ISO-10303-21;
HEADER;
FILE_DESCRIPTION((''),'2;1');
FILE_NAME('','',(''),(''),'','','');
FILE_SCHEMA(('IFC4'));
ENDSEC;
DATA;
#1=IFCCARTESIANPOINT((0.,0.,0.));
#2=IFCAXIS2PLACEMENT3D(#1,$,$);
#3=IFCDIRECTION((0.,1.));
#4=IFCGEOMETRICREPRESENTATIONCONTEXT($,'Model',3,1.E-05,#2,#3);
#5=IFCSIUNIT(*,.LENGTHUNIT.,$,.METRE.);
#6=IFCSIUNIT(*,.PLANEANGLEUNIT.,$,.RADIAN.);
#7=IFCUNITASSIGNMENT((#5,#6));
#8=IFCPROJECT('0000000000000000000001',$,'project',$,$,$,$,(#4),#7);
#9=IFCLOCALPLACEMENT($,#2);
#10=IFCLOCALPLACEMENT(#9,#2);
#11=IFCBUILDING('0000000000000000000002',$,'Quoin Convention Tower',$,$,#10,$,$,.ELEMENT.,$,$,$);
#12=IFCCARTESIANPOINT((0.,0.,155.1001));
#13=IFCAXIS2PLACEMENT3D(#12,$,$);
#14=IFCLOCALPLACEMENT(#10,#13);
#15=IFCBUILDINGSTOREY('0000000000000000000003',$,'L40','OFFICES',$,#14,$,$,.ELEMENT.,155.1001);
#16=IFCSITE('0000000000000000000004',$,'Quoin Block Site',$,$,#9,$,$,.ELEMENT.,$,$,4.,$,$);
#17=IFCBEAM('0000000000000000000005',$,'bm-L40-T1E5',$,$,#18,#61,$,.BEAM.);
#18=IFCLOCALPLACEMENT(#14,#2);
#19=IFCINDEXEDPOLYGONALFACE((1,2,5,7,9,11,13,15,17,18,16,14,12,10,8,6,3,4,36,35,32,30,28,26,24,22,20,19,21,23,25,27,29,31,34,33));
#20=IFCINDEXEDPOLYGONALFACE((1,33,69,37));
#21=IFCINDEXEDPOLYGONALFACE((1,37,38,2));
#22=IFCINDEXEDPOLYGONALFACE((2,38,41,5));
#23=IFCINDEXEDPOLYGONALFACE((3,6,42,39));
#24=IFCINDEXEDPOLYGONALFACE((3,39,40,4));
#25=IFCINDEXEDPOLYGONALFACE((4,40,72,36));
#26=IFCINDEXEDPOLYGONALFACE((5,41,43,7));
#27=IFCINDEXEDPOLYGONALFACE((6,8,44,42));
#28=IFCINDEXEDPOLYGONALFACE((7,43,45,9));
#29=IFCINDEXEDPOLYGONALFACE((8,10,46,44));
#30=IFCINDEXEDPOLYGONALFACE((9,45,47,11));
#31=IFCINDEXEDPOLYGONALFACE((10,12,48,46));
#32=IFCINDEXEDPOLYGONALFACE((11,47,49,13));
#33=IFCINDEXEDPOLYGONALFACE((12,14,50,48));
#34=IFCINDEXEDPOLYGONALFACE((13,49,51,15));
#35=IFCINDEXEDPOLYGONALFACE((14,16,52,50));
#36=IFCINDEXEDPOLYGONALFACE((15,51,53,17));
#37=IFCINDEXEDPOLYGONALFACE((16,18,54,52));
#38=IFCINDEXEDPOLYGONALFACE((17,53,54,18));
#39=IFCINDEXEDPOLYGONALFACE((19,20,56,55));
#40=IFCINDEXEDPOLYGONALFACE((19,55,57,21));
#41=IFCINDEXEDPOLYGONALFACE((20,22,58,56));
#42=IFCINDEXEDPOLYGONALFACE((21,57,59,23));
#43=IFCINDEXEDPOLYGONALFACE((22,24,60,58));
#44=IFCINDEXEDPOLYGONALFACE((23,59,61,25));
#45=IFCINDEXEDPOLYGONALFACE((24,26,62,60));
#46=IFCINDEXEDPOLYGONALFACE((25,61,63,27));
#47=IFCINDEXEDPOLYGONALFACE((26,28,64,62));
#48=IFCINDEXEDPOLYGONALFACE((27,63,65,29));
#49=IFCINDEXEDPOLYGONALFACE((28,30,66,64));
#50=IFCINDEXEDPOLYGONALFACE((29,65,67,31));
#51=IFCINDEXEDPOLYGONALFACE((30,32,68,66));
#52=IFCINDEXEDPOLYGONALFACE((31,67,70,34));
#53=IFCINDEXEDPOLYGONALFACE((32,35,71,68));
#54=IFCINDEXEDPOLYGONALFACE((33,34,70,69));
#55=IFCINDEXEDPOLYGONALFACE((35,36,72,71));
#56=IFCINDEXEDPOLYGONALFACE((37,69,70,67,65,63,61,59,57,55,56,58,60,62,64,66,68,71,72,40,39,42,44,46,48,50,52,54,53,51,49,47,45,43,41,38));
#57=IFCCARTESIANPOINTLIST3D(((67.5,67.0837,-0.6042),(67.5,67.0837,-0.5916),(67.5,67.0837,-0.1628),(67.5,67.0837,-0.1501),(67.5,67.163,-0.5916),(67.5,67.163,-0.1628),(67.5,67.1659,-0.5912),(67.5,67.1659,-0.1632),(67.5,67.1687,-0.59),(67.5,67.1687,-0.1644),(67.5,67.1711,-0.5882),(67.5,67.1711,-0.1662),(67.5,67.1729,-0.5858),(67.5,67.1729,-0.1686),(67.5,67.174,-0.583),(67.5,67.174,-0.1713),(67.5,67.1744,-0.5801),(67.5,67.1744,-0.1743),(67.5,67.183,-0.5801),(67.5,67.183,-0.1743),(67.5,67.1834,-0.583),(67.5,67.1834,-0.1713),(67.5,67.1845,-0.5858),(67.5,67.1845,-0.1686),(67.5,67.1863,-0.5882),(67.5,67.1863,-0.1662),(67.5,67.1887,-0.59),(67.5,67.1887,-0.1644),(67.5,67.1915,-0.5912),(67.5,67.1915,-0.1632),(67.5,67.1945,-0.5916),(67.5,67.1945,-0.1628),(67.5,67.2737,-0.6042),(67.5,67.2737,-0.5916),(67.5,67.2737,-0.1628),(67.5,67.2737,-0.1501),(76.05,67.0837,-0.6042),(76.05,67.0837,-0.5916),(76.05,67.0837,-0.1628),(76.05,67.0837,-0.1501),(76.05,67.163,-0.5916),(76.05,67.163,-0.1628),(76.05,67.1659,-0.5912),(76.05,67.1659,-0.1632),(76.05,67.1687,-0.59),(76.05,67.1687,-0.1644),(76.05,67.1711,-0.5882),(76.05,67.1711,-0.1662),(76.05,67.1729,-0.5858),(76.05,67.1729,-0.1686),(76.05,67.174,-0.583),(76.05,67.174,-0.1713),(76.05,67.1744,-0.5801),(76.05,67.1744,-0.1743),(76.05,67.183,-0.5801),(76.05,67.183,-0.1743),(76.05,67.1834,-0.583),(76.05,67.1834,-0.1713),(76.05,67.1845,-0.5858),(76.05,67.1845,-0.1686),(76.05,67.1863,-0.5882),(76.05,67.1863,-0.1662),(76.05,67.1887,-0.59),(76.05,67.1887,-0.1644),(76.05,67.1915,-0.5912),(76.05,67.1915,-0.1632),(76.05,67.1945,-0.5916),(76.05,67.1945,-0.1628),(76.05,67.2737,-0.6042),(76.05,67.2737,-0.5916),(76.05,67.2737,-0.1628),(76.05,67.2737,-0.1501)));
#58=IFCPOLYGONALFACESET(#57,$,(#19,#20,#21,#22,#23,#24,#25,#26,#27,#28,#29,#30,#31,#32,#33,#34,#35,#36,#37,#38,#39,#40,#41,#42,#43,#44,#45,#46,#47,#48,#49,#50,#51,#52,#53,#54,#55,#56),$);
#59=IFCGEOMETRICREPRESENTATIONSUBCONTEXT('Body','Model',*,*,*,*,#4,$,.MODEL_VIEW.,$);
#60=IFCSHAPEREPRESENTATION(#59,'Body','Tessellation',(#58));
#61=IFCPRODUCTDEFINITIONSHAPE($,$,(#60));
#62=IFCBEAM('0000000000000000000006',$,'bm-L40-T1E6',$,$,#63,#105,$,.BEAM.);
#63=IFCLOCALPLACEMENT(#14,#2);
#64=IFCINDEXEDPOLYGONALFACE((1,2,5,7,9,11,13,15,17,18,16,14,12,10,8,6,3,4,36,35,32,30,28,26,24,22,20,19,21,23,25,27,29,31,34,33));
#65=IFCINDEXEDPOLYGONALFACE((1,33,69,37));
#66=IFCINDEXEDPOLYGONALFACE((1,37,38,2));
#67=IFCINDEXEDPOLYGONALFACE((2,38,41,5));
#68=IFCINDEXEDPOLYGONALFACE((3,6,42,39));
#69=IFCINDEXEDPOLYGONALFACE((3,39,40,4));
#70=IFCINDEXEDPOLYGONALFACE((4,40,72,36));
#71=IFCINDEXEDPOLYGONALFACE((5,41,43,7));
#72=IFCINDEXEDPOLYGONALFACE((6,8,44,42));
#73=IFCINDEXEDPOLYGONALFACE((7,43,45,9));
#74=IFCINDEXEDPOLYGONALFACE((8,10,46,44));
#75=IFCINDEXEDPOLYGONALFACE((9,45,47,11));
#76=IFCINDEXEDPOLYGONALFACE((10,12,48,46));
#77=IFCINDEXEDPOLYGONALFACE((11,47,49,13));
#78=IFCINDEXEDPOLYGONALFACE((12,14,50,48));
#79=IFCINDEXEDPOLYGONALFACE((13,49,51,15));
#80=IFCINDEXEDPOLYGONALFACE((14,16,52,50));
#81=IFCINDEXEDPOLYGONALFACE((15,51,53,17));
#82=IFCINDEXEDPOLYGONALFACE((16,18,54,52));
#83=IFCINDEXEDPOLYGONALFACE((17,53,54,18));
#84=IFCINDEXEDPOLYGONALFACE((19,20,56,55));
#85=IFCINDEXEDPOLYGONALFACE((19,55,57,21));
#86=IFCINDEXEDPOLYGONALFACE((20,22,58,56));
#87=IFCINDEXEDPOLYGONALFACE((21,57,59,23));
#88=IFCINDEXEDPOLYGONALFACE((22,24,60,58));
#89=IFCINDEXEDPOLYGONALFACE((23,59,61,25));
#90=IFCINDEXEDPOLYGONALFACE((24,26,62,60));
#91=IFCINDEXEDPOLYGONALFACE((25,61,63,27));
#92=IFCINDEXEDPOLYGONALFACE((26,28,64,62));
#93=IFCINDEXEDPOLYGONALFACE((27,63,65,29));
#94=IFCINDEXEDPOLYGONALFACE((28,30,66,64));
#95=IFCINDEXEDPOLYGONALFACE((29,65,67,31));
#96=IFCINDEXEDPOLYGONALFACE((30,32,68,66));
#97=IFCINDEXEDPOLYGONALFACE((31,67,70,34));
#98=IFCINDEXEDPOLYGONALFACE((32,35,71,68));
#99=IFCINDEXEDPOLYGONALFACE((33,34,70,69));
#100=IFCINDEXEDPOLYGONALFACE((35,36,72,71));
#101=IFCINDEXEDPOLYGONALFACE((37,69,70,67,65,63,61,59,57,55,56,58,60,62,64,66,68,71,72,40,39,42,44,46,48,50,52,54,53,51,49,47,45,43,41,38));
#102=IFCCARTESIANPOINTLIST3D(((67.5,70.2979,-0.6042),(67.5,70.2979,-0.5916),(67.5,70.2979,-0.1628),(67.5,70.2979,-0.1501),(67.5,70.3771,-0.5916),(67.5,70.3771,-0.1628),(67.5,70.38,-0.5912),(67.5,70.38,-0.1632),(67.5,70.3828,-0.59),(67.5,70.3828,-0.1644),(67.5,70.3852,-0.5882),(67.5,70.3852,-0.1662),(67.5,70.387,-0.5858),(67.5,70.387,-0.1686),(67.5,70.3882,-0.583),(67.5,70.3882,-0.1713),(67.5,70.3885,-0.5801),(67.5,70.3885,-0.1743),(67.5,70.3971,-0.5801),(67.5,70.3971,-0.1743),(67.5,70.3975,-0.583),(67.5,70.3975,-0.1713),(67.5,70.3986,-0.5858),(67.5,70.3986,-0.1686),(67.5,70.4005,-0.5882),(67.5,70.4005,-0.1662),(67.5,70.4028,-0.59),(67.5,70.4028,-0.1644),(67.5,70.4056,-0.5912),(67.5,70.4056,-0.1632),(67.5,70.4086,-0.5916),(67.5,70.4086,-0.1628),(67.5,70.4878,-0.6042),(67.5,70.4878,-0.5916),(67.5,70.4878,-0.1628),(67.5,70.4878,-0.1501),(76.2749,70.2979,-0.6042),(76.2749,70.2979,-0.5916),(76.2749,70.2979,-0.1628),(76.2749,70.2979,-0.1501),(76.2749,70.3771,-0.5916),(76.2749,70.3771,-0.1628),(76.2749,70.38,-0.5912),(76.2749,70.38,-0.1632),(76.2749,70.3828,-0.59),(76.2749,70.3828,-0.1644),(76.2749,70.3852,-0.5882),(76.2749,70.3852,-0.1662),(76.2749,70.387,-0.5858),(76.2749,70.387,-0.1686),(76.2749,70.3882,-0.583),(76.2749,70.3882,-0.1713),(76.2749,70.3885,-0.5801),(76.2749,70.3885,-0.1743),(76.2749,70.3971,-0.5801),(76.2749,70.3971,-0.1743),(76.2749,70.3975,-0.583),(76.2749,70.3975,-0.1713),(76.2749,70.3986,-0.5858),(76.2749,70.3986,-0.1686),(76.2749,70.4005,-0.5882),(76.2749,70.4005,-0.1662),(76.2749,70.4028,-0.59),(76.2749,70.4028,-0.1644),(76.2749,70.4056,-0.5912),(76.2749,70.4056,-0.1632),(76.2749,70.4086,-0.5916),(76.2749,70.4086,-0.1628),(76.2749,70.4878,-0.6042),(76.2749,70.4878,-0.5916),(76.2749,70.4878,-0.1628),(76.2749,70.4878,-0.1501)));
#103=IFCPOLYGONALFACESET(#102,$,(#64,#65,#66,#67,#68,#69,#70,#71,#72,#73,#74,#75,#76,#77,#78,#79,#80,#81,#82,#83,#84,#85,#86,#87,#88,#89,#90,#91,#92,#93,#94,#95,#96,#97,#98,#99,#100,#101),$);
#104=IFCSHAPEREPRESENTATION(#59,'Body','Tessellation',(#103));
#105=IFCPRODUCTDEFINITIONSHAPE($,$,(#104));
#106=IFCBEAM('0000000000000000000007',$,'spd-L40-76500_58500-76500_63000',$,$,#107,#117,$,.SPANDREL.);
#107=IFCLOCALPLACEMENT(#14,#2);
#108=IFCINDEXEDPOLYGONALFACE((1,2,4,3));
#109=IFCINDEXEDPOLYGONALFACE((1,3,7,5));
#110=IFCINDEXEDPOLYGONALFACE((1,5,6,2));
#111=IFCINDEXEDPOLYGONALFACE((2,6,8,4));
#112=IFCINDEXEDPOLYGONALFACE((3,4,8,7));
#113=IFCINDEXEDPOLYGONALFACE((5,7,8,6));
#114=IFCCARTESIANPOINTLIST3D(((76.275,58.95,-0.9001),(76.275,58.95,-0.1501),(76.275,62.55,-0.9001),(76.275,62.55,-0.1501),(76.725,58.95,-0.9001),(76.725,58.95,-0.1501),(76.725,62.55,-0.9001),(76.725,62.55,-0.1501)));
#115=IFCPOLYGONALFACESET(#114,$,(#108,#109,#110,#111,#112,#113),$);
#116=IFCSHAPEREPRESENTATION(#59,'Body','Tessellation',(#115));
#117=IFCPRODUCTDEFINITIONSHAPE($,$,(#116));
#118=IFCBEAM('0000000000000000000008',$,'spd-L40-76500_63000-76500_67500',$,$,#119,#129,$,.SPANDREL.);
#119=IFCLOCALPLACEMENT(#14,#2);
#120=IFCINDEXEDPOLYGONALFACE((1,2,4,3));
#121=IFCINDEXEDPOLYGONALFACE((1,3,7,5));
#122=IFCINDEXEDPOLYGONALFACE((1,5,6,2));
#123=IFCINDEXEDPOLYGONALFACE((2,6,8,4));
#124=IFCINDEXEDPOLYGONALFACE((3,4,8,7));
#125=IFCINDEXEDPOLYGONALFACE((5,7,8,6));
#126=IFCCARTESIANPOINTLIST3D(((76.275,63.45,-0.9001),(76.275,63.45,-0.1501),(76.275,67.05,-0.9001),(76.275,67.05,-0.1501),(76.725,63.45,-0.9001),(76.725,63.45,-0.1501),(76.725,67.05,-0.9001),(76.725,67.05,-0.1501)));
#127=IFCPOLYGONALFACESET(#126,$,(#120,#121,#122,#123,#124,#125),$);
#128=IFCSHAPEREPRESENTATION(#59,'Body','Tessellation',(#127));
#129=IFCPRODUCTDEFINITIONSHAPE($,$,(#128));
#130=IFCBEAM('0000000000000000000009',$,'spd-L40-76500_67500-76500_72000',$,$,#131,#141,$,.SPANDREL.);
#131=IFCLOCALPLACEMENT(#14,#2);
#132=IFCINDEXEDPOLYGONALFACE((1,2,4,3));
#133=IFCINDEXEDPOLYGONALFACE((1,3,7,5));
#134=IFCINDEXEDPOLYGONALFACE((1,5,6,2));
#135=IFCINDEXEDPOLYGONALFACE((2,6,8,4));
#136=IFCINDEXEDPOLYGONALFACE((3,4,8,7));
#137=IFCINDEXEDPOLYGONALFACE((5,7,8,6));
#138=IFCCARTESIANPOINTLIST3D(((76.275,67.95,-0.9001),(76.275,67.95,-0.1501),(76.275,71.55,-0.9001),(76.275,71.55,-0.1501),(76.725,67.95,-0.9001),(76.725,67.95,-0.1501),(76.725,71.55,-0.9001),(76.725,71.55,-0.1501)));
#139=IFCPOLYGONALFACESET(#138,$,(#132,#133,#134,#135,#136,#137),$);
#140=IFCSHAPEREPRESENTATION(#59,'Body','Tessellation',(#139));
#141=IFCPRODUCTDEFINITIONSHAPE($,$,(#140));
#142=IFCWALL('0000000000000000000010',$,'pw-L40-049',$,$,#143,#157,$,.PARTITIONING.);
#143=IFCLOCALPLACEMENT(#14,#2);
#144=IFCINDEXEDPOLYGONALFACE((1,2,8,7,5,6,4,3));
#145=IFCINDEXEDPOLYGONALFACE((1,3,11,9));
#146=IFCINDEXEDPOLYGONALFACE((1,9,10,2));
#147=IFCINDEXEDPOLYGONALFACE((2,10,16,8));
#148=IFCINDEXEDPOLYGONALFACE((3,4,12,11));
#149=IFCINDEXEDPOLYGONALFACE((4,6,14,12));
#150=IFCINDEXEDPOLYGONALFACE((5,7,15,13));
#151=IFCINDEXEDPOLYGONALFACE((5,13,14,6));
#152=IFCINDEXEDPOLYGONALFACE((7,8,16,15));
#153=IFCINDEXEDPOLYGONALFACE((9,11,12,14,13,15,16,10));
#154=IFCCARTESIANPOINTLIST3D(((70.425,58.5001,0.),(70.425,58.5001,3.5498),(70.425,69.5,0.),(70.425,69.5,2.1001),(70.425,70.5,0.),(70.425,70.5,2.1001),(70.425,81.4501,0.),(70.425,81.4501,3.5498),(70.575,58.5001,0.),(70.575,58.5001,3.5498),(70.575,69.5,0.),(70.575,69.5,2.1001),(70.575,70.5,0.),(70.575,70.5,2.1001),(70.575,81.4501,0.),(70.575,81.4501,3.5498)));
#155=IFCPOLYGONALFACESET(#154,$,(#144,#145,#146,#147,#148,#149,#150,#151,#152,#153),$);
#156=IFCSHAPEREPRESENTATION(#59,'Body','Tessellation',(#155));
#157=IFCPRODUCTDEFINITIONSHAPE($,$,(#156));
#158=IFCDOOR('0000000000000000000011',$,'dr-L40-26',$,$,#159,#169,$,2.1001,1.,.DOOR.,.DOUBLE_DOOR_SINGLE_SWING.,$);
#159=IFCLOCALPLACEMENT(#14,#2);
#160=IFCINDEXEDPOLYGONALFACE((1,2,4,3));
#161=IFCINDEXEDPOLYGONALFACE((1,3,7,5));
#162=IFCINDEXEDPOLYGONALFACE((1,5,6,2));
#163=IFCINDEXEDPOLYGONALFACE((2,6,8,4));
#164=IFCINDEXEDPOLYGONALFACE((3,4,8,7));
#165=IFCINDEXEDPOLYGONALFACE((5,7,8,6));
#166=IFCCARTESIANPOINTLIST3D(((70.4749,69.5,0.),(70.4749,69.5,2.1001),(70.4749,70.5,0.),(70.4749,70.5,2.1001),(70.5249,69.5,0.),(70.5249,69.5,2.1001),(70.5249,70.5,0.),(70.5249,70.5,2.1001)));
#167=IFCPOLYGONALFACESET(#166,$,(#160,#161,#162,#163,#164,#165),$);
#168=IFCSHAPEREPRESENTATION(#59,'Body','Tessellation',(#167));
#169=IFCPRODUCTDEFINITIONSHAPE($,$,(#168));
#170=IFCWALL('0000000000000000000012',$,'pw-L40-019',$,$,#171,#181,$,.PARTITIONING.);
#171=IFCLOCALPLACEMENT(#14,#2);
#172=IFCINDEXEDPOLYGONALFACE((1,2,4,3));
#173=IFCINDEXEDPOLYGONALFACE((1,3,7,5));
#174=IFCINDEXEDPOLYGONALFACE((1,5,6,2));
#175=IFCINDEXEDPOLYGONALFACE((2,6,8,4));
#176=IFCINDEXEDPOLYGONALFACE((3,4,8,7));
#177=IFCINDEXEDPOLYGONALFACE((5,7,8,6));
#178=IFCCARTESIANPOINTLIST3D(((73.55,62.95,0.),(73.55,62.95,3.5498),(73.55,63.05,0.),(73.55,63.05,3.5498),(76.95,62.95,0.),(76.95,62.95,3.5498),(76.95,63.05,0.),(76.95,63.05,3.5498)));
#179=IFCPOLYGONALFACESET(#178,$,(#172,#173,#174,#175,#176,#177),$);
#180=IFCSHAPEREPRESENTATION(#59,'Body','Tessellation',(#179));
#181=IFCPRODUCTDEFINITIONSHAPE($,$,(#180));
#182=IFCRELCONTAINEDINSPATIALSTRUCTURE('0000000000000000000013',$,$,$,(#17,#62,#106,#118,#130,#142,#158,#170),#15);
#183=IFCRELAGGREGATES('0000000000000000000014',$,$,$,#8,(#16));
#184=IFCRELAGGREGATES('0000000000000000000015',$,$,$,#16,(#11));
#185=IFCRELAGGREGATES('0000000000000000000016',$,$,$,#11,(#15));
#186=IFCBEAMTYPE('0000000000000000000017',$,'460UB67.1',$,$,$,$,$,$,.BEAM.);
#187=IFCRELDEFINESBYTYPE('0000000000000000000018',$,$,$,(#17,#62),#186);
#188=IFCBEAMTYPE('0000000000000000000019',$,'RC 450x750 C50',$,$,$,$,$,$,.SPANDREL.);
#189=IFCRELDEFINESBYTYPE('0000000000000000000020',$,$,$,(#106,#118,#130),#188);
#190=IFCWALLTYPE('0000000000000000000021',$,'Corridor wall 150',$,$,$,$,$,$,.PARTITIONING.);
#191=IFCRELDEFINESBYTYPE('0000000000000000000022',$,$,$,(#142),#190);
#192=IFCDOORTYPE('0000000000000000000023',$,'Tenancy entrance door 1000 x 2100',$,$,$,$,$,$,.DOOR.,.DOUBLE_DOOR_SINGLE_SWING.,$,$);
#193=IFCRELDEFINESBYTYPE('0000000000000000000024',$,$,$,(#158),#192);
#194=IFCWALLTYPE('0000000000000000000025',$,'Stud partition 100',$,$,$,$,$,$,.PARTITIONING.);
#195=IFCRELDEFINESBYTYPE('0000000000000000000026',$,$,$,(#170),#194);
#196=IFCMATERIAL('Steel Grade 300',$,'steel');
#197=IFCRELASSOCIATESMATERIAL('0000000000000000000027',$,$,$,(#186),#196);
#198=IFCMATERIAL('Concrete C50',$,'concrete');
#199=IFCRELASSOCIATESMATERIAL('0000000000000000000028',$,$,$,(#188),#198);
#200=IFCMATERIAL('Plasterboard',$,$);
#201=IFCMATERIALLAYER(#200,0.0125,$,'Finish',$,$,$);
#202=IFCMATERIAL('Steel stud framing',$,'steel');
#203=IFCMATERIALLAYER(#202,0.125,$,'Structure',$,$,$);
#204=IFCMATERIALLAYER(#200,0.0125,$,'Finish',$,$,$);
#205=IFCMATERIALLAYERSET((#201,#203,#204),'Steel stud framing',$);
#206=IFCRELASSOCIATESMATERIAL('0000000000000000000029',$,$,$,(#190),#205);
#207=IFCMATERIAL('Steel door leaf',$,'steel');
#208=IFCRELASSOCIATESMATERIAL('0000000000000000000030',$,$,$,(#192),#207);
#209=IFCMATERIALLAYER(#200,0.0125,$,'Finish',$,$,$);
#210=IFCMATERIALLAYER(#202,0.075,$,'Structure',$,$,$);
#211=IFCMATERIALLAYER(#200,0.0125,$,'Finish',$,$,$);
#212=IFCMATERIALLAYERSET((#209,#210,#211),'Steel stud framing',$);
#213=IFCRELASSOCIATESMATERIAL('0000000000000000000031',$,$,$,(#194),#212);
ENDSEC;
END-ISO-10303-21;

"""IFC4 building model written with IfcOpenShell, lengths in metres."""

from ifc_helpers import new_model, si_unit, direction, frame, frame_2d, origin, origin_2d, place, context, subcontext, project, spatial, rectangle, i_section, extrude, material, layer, layer_set, material_profile, profile_set, type_object, element, fill, save


model = new_model("IFC4")

# Units and contexts
model_context = context("Model", 3, precision=1e-05, world=origin(), true_north=direction((0.0, 1.0)))
body_context = subcontext(model_context, "Body", "Model", "MODEL_VIEW")
ifc_project = project(units=[si_unit("LENGTHUNIT", "METRE"), si_unit("PLANEANGLEUNIT", "RADIAN")], contexts=[model_context])

# Site, building, storey
site_placement = place(None, origin())
site = spatial("IfcSite", under=ifc_project, at=site_placement, Name="Quoin Block Site", CompositionType="ELEMENT", RefElevation=4.0)
building_placement = place(site_placement, origin())
building = spatial("IfcBuilding", under=site, at=building_placement, Name="Quoin Convention Tower", CompositionType="ELEMENT")
storey_placement = place(building_placement, frame((0.0, 0.0, 155.1001)))
storey = spatial("IfcBuildingStorey", under=building, at=storey_placement, Name="L40", Description="OFFICES", CompositionType="ELEMENT", Elevation=155.1001)

# Shared definitions
ifc_material_1 = material(Name="Concrete C50", Category="concrete")

# Beams
ifc_material_2 = material(Name="Steel Grade 300", Category="steel")
ifc_material_profile_1 = material_profile(ifc_material_2, i_section(OverallWidth=0.1899, OverallDepth=0.4541, WebThickness=0.0085, FlangeThickness=0.0127, FilletRadius=0.0115, at=origin_2d()), Name="460UB67.1")
ifc_profile_set_1 = profile_set([ifc_material_profile_1], Name="Steel Grade 300")
beam_type_1 = type_object("IfcBeamType", Name="460UB67.1", PredefinedType="BEAM", material=ifc_profile_set_1)
beam_1_placement = place(storey_placement, frame((67.5, 67.1787, -0.3772), z_axis=(1.0, 0.0, 0.0), x_axis=(0.0, 1.0, 0.0)))
element("IfcBeam", 1, at=beam_1_placement, inside=storey, type_object=beam_type_1, Name="bm-L40-T1E5", PredefinedType="BEAM", context=body_context, shape_type="SweptSolid", body=[
    extrude(i_section(OverallWidth=0.1899, OverallDepth=0.4541, WebThickness=0.0085, FlangeThickness=0.0127, FilletRadius=0.0115, at=origin_2d()), origin(), (0.0, 0.0, 1.0), 8.55),
])
beam_2_placement = place(storey_placement, frame((67.5, 70.3928, -0.3772), z_axis=(1.0, 0.0, 0.0), x_axis=(0.0, 1.0, 0.0)))
element("IfcBeam", 2, at=beam_2_placement, inside=storey, type_object=beam_type_1, Name="bm-L40-T1E6", PredefinedType="BEAM", context=body_context, shape_type="SweptSolid", body=[
    extrude(i_section(OverallWidth=0.1899, OverallDepth=0.4541, WebThickness=0.0085, FlangeThickness=0.0127, FilletRadius=0.0115, at=origin_2d()), origin(), (0.0, 0.0, 1.0), 8.7749),
])
ifc_material_profile_2 = material_profile(ifc_material_1, rectangle(XDim=0.45, YDim=0.75, at=origin_2d()), Name="RC 450x750")
ifc_profile_set_2 = profile_set([ifc_material_profile_2], Name="Concrete C50")
beam_type_2 = type_object("IfcBeamType", Name="RC 450x750 C50", PredefinedType="SPANDREL", material=ifc_profile_set_2)
for number, where, z_axis, x_axis, name in (
    (3, (76.5, 58.95, -0.5251), (0.0, 1.0, 0.0), (-1.0, 0.0, 0.0), "spd-L40-76500_58500-76500_63000"),
    (4, (76.5, 63.45, -0.5251), (0.0, 1.0, 0.0), (-1.0, 0.0, 0.0), "spd-L40-76500_63000-76500_67500"),
    (5, (76.5, 67.95, -0.5251), (0.0, 1.0, 0.0), (-1.0, 0.0, 0.0), "spd-L40-76500_67500-76500_72000"),
):
    element("IfcBeam", number, at=place(storey_placement, frame(where, z_axis=z_axis, x_axis=x_axis)), inside=storey, type_object=beam_type_2, Name=name, PredefinedType="SPANDREL", context=body_context, shape_type="SweptSolid", body=[
        extrude(rectangle(XDim=0.45, YDim=0.75, at=origin_2d()), origin(), (0.0, 0.0, 1.0), 3.6001),
    ])

# Wall, opening, door
ifc_material_3 = material(Name="Plasterboard")
ifc_layer_1 = layer(ifc_material_3, 0.0125, Name="Finish")
ifc_material_4 = material(Name="Steel stud framing", Category="steel")
ifc_layer_2 = layer(ifc_material_4, 0.125, Name="Structure")
ifc_layer_3 = layer(ifc_material_3, 0.0125, Name="Finish")
ifc_layer_set_1 = layer_set([ifc_layer_1, ifc_layer_2, ifc_layer_3], Name="Steel stud framing")
wall_type_1 = type_object("IfcWallType", Name="Corridor wall 150", PredefinedType="PARTITIONING", material=ifc_layer_set_1)
wall_1_placement = place(storey_placement, frame((70.5, 58.5, 0.0), z_axis=(0.0, 0.0, 1.0), x_axis=(0.0, 1.0, 0.0)))
wall_1 = element("IfcWall", 6, at=wall_1_placement, inside=storey, type_object=wall_type_1, Name="pw-L40-049", PredefinedType="PARTITIONING", context=body_context, shape_type="SweptSolid", body=[
    extrude(rectangle(XDim=22.95, YDim=0.1499, at=frame_2d((11.4751, 0.0))), origin(), (0.0, 0.0, 1.0), 3.5498),
])
opening_1_placement = place(wall_1_placement, frame((11.0, 0.0, 0.0)))
opening_1 = element("IfcOpeningElement", 7, at=opening_1_placement, cuts=wall_1, PredefinedType="OPENING", context=body_context, shape_type="SweptSolid", body=[
    extrude(rectangle(XDim=1.0, YDim=2.1001, at=frame_2d((0.5, 1.05))), frame((0.0, 0.085, 0.0), z_axis=(0.0, -1.0, 0.0), x_axis=(1.0, 0.0, 0.0)), (0.0, 0.0, 1.0), 0.1699),
])
ifc_material_5 = material(Name="Steel door leaf", Category="steel")
door_type_1 = type_object("IfcDoorType", Name="Tenancy entrance door 1000 x 2100", OperationType="DOUBLE_DOOR_SINGLE_SWING", PredefinedType="DOOR", material=ifc_material_5)
door_1_placement = place(opening_1_placement, frame((1.0, 0.0, 0.0), z_axis=(0.0, 0.0, 1.0), x_axis=(-1.0, 0.0, 0.0)))
door_1 = element("IfcDoor", 8, at=door_1_placement, inside=storey, type_object=door_type_1, Name="dr-L40-26", OperationType="DOUBLE_DOOR_SINGLE_SWING", OverallHeight=2.1001, OverallWidth=1.0, PredefinedType="DOOR", context=body_context, shape_type="SweptSolid", body=[
    extrude(rectangle(XDim=1.0, YDim=2.1001, at=frame_2d((0.5, 1.05))), frame((0.0, 0.0249, 0.0), z_axis=(0.0, -1.0, 0.0), x_axis=(1.0, 0.0, 0.0)), (0.0, 0.0, 1.0), 0.05),
])
fill(opening_1, door_1)

# Wall
ifc_layer_4 = layer(ifc_material_3, 0.0125, Name="Finish")
ifc_layer_5 = layer(ifc_material_4, 0.075, Name="Structure")
ifc_layer_6 = layer(ifc_material_3, 0.0125, Name="Finish")
ifc_layer_set_2 = layer_set([ifc_layer_4, ifc_layer_5, ifc_layer_6], Name="Steel stud framing")
wall_type_2 = type_object("IfcWallType", Name="Stud partition 100", PredefinedType="PARTITIONING", material=ifc_layer_set_2)
wall_2_placement = place(storey_placement, frame((73.55, 63.0, 0.0), z_axis=(0.0, 0.0, 1.0), x_axis=(1.0, 0.0, 0.0)))
element("IfcWall", 9, at=wall_2_placement, inside=storey, type_object=wall_type_2, Name="pw-L40-019", PredefinedType="PARTITIONING", context=body_context, shape_type="SweptSolid", body=[
    extrude(rectangle(XDim=3.3999, YDim=0.1001, at=frame_2d((1.7, 0.0))), origin(), (0.0, 0.0, 1.0), 3.5498),
])

save(model, "model.ifc")
